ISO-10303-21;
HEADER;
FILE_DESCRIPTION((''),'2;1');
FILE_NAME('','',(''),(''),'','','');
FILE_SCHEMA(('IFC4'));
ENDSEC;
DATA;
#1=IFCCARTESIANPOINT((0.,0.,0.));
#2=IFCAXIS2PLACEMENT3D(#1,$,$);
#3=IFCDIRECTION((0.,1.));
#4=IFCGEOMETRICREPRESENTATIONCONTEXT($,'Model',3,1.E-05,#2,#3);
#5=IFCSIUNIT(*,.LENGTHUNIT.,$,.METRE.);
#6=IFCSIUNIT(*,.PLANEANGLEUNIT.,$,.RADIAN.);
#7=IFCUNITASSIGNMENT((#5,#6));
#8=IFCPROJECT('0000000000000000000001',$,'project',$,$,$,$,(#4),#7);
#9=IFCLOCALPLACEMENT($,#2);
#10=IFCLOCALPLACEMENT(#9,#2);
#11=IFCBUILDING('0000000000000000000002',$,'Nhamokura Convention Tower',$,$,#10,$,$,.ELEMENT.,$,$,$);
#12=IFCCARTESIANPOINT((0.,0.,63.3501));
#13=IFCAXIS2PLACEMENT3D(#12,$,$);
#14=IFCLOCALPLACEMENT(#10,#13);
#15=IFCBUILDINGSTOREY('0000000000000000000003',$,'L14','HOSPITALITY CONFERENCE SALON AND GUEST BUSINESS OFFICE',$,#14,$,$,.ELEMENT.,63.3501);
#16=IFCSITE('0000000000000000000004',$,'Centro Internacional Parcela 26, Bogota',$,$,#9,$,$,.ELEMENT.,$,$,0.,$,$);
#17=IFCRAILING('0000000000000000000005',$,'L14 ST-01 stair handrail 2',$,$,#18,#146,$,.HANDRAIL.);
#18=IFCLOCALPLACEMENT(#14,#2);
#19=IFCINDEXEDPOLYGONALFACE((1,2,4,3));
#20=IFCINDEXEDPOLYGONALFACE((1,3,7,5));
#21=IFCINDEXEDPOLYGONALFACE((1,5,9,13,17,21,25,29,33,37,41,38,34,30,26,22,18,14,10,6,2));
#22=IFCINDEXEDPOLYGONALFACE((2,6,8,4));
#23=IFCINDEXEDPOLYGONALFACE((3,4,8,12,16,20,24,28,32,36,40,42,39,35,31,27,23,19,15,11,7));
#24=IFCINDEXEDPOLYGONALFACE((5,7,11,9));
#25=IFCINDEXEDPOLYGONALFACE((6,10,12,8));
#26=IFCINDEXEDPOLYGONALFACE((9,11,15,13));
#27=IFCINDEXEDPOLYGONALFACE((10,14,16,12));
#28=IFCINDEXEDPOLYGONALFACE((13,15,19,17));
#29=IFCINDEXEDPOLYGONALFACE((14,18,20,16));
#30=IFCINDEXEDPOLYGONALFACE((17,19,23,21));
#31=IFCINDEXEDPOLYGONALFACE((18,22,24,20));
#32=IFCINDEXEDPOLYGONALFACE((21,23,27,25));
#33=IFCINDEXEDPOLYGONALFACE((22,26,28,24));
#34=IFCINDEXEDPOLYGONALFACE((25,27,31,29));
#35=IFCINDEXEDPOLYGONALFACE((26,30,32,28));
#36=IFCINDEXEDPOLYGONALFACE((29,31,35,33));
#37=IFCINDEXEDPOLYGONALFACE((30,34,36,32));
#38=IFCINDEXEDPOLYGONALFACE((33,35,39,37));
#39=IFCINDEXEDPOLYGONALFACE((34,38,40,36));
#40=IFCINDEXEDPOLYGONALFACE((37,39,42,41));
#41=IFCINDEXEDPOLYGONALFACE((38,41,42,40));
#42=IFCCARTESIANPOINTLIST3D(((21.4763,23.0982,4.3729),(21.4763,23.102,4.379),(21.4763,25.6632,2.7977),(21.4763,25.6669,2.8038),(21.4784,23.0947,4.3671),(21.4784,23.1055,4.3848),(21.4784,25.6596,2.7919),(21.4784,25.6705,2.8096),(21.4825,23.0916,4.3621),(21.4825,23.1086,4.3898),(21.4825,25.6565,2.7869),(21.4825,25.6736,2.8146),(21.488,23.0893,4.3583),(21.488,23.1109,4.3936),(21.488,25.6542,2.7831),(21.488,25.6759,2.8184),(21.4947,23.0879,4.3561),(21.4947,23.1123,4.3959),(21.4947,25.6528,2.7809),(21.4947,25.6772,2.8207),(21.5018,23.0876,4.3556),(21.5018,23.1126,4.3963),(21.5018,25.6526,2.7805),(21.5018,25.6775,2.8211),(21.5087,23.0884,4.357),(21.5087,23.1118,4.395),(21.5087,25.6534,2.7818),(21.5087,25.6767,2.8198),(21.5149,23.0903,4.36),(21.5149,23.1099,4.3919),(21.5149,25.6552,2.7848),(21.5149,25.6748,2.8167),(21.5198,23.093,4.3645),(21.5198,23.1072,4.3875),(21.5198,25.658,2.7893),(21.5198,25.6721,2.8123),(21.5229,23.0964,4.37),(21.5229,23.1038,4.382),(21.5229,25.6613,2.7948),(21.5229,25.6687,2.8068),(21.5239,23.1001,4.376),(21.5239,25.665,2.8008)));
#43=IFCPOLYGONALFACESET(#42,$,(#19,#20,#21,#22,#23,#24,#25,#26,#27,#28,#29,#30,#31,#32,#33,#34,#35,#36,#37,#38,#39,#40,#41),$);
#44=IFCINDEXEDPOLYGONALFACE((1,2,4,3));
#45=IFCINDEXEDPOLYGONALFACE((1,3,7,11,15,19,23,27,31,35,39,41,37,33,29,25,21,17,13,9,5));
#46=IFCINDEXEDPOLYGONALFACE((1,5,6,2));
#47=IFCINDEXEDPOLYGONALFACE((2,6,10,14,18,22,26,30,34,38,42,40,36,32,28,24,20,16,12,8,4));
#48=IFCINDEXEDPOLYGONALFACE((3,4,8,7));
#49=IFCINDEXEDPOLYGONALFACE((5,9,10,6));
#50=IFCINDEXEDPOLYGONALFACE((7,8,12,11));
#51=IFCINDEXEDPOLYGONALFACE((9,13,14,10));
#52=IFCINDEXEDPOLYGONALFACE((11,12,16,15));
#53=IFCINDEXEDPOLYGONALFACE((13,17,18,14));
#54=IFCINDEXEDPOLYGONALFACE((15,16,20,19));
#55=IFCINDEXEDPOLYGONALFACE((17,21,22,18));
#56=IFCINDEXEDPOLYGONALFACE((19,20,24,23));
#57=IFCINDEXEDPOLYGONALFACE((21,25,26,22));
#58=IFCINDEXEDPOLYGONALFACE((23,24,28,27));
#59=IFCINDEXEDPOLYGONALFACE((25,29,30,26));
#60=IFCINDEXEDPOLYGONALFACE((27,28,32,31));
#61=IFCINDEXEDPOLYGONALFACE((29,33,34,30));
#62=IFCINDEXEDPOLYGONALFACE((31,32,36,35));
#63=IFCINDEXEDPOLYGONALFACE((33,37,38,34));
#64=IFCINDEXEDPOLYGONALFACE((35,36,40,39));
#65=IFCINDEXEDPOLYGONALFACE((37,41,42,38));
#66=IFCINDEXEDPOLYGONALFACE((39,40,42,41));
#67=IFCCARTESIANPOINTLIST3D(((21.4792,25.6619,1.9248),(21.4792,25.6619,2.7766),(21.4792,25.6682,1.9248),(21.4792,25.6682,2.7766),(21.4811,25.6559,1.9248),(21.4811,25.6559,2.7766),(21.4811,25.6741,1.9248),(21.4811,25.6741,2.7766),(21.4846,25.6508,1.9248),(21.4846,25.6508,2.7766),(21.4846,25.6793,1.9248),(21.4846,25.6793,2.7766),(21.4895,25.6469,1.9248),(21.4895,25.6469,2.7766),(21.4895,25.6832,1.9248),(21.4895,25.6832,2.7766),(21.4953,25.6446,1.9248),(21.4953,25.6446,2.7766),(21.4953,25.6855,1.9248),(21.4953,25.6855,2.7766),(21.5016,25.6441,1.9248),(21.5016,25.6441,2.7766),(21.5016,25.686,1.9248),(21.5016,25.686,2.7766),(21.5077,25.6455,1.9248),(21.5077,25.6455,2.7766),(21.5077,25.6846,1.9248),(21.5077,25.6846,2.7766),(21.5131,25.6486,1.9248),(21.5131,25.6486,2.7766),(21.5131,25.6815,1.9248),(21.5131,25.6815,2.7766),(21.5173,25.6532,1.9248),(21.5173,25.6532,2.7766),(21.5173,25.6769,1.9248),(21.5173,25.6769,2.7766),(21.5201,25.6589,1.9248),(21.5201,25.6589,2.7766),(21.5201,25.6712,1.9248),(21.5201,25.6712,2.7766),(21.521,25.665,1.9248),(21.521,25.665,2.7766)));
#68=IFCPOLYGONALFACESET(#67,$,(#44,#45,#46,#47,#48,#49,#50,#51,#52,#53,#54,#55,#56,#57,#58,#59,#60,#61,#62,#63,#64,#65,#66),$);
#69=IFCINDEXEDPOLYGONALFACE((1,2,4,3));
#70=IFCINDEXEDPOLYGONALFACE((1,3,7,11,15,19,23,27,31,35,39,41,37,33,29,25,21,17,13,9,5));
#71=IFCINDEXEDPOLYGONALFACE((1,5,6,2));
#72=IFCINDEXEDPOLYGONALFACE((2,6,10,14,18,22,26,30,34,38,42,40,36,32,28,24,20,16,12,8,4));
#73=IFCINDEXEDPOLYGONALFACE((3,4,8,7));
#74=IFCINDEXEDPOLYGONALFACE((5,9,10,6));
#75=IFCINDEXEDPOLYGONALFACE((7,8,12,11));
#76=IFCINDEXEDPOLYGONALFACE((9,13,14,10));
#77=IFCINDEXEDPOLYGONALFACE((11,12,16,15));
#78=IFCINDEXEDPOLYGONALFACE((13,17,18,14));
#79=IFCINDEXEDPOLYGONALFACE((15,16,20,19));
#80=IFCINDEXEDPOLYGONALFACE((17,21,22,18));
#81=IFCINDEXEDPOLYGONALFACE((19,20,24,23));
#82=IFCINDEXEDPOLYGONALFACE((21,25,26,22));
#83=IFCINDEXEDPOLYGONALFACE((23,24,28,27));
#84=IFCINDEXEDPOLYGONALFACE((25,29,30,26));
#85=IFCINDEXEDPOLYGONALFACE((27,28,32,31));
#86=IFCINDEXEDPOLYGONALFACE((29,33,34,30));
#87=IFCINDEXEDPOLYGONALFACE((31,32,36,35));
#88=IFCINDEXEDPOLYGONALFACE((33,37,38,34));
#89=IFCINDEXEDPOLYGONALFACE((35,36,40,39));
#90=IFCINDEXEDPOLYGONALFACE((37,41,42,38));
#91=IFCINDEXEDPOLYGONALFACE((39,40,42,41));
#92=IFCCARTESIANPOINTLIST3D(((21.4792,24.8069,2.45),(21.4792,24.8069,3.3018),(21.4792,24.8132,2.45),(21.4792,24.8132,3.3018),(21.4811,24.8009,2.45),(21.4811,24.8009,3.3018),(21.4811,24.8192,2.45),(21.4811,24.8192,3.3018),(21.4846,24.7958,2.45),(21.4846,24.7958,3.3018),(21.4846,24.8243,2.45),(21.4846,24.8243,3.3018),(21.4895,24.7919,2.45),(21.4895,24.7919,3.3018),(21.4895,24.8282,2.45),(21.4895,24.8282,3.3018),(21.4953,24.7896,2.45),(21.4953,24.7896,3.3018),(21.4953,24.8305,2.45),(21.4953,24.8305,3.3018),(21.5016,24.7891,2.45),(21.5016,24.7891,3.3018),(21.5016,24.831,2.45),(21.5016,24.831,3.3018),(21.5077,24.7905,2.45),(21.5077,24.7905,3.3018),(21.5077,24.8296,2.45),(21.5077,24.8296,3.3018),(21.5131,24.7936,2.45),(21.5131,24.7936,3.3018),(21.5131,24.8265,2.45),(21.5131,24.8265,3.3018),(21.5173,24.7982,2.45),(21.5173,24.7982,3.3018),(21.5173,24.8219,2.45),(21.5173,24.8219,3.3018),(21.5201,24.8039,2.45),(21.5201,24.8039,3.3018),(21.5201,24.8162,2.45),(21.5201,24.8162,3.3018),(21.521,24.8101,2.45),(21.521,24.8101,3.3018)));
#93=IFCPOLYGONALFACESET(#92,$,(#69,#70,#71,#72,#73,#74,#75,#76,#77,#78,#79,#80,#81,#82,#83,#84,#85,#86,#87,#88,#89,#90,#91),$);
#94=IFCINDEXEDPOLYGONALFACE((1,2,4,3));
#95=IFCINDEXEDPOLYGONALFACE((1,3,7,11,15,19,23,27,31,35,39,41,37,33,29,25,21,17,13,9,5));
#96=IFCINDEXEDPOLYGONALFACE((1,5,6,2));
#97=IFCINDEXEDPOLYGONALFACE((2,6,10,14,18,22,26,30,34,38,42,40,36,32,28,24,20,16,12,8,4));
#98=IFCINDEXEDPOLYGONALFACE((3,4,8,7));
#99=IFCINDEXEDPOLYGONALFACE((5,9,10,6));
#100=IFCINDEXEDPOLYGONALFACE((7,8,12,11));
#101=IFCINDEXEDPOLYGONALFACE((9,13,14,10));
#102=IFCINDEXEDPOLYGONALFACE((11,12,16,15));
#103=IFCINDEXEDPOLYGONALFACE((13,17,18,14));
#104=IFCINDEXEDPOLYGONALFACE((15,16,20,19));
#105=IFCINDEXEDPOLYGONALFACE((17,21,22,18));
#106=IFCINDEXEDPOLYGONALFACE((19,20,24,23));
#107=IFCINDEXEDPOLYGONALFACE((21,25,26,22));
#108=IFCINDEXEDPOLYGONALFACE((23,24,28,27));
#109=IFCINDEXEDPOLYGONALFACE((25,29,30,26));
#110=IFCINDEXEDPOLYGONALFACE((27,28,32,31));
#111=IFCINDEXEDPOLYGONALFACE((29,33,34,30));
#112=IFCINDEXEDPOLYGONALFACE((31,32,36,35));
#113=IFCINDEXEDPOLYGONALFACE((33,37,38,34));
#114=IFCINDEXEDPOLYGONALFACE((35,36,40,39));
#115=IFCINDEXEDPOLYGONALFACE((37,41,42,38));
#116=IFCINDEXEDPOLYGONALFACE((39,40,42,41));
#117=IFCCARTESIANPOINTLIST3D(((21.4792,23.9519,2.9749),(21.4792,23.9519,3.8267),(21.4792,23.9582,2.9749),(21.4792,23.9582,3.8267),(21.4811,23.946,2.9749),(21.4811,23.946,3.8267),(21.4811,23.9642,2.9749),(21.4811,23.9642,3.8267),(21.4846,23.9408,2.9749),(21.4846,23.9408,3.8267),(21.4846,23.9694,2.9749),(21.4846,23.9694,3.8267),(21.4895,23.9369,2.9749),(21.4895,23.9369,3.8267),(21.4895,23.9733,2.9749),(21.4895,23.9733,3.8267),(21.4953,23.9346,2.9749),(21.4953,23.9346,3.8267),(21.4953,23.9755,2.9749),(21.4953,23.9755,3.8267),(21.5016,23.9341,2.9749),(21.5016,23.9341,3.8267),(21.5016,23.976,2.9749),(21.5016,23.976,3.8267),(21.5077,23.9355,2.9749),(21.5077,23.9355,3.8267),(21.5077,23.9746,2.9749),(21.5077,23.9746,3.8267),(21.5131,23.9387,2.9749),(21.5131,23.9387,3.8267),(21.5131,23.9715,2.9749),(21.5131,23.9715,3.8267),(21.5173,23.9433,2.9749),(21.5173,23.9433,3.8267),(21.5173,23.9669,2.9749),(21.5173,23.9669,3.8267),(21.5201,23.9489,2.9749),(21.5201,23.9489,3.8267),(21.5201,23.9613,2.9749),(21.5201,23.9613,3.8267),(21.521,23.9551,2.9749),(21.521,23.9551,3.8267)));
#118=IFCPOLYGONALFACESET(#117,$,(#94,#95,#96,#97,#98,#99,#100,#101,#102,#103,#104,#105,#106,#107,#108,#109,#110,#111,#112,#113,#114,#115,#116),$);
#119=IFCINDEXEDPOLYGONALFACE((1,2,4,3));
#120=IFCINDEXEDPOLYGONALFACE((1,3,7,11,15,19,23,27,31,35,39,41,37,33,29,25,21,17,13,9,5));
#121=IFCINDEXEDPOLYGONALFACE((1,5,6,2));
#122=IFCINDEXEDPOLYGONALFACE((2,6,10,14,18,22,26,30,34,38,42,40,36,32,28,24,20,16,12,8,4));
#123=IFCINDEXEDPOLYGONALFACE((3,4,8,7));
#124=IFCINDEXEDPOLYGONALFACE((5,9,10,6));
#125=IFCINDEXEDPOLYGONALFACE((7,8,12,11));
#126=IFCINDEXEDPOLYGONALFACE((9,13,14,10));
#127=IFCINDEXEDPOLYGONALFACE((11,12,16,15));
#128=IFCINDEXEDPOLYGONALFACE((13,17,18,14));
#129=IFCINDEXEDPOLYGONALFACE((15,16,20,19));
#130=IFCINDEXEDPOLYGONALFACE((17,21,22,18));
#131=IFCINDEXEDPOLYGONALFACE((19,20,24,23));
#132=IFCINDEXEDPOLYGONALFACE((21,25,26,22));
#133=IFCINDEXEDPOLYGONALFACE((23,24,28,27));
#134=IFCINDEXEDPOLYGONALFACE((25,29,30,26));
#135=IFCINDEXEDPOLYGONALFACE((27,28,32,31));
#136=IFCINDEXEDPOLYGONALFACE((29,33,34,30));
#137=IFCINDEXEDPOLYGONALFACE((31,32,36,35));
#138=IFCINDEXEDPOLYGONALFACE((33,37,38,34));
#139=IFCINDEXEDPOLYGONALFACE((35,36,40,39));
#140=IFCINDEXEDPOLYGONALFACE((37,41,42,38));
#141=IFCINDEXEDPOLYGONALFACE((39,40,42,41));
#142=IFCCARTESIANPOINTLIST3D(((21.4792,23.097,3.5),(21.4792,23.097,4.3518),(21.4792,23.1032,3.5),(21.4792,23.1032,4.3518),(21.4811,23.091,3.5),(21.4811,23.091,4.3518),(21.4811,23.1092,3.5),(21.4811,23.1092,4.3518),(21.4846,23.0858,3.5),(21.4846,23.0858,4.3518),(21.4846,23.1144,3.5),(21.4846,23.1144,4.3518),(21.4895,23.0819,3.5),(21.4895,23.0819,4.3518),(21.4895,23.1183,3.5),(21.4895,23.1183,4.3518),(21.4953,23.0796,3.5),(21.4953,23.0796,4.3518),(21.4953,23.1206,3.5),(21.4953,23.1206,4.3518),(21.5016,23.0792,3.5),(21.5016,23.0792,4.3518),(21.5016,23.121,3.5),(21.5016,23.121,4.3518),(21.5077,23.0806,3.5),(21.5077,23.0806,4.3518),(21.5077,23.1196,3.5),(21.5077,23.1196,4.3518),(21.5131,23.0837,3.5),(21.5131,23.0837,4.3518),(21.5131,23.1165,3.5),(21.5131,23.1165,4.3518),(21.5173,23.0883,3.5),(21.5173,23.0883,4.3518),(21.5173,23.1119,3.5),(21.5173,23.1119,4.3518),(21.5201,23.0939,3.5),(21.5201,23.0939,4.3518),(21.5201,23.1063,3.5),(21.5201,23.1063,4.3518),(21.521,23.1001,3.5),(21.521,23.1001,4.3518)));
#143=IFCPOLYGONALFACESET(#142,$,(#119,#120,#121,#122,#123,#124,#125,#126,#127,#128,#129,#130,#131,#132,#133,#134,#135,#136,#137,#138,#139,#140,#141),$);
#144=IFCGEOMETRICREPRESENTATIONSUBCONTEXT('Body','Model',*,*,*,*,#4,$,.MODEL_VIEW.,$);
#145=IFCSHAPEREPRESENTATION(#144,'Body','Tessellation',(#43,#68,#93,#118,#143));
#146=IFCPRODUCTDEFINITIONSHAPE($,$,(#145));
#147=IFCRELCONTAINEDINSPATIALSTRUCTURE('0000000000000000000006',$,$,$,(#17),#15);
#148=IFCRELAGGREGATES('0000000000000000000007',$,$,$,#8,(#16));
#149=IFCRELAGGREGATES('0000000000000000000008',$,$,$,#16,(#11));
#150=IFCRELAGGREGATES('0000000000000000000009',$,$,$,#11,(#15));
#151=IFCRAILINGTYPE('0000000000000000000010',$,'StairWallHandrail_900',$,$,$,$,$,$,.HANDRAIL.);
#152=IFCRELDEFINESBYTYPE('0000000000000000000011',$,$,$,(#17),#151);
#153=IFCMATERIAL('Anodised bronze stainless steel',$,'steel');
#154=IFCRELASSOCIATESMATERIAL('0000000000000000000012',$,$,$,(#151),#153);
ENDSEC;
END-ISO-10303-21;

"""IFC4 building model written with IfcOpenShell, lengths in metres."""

from ifc_helpers import new_model, si_unit, direction, frame, origin, origin_2d, place, context, subcontext, project, spatial, circle, extrude, material, type_object, element, save


model = new_model("IFC4")

# Units and contexts
model_context = context("Model", 3, precision=1e-05, world=origin(), true_north=direction((0.0, 1.0)))
body_context = subcontext(model_context, "Body", "Model", "MODEL_VIEW")
ifc_project = project(units=[si_unit("LENGTHUNIT", "METRE"), si_unit("PLANEANGLEUNIT", "RADIAN")], contexts=[model_context])

# Site, building, storey
site_placement = place(None, origin())
site = spatial("IfcSite", under=ifc_project, at=site_placement, Name="Centro Internacional Parcela 26, Bogota", CompositionType="ELEMENT", RefElevation=0.0)
building_placement = place(site_placement, origin())
building = spatial("IfcBuilding", under=site, at=building_placement, Name="Nhamokura Convention Tower", CompositionType="ELEMENT")
storey_placement = place(building_placement, frame((0.0, 0.0, 63.3501)))
storey = spatial("IfcBuildingStorey", under=building, at=storey_placement, Name="L14", Description="HOSPITALITY CONFERENCE SALON AND GUEST BUSINESS OFFICE", CompositionType="ELEMENT", Elevation=63.3501)

# Railing
ifc_material_1 = material(Name="Anodised bronze stainless steel", Category="steel")
railing_type_1 = type_object("IfcRailingType", Name="StairWallHandrail_900", PredefinedType="HANDRAIL", material=ifc_material_1)
railing_1_placement = place(storey_placement, frame((21.5, 25.665, 1.9248)))
element("IfcRailing", 1, at=railing_1_placement, inside=storey, type_object=railing_type_1, Name="L14 ST-01 stair handrail 2", PredefinedType="HANDRAIL", context=body_context, shape_type="SweptSolid", body=[
    extrude(circle(Radius=0.0239, at=origin_2d()), frame((0.0, 0.0, 0.876), z_axis=(0.0, -0.852137, 0.523319), x_axis=(1.0, 0.0, 0.0)), (0.0, 0.0, 1.0), 3.01),
    extrude(circle(Radius=0.021, at=origin_2d()), origin(), (0.0, 0.0, 1.0), 0.8518),
    extrude(circle(Radius=0.021, at=origin_2d()), frame((0.0, -0.855, 0.5251)), (0.0, 0.0, 1.0), 0.8518),
    extrude(circle(Radius=0.021, at=origin_2d()), frame((0.0, -1.71, 1.05)), (0.0, 0.0, 1.0), 0.8518),
    extrude(circle(Radius=0.021, at=origin_2d()), frame((0.0, -2.5649, 1.5752)), (0.0, 0.0, 1.0), 0.8518),
])

save(model, "model.ifc")
